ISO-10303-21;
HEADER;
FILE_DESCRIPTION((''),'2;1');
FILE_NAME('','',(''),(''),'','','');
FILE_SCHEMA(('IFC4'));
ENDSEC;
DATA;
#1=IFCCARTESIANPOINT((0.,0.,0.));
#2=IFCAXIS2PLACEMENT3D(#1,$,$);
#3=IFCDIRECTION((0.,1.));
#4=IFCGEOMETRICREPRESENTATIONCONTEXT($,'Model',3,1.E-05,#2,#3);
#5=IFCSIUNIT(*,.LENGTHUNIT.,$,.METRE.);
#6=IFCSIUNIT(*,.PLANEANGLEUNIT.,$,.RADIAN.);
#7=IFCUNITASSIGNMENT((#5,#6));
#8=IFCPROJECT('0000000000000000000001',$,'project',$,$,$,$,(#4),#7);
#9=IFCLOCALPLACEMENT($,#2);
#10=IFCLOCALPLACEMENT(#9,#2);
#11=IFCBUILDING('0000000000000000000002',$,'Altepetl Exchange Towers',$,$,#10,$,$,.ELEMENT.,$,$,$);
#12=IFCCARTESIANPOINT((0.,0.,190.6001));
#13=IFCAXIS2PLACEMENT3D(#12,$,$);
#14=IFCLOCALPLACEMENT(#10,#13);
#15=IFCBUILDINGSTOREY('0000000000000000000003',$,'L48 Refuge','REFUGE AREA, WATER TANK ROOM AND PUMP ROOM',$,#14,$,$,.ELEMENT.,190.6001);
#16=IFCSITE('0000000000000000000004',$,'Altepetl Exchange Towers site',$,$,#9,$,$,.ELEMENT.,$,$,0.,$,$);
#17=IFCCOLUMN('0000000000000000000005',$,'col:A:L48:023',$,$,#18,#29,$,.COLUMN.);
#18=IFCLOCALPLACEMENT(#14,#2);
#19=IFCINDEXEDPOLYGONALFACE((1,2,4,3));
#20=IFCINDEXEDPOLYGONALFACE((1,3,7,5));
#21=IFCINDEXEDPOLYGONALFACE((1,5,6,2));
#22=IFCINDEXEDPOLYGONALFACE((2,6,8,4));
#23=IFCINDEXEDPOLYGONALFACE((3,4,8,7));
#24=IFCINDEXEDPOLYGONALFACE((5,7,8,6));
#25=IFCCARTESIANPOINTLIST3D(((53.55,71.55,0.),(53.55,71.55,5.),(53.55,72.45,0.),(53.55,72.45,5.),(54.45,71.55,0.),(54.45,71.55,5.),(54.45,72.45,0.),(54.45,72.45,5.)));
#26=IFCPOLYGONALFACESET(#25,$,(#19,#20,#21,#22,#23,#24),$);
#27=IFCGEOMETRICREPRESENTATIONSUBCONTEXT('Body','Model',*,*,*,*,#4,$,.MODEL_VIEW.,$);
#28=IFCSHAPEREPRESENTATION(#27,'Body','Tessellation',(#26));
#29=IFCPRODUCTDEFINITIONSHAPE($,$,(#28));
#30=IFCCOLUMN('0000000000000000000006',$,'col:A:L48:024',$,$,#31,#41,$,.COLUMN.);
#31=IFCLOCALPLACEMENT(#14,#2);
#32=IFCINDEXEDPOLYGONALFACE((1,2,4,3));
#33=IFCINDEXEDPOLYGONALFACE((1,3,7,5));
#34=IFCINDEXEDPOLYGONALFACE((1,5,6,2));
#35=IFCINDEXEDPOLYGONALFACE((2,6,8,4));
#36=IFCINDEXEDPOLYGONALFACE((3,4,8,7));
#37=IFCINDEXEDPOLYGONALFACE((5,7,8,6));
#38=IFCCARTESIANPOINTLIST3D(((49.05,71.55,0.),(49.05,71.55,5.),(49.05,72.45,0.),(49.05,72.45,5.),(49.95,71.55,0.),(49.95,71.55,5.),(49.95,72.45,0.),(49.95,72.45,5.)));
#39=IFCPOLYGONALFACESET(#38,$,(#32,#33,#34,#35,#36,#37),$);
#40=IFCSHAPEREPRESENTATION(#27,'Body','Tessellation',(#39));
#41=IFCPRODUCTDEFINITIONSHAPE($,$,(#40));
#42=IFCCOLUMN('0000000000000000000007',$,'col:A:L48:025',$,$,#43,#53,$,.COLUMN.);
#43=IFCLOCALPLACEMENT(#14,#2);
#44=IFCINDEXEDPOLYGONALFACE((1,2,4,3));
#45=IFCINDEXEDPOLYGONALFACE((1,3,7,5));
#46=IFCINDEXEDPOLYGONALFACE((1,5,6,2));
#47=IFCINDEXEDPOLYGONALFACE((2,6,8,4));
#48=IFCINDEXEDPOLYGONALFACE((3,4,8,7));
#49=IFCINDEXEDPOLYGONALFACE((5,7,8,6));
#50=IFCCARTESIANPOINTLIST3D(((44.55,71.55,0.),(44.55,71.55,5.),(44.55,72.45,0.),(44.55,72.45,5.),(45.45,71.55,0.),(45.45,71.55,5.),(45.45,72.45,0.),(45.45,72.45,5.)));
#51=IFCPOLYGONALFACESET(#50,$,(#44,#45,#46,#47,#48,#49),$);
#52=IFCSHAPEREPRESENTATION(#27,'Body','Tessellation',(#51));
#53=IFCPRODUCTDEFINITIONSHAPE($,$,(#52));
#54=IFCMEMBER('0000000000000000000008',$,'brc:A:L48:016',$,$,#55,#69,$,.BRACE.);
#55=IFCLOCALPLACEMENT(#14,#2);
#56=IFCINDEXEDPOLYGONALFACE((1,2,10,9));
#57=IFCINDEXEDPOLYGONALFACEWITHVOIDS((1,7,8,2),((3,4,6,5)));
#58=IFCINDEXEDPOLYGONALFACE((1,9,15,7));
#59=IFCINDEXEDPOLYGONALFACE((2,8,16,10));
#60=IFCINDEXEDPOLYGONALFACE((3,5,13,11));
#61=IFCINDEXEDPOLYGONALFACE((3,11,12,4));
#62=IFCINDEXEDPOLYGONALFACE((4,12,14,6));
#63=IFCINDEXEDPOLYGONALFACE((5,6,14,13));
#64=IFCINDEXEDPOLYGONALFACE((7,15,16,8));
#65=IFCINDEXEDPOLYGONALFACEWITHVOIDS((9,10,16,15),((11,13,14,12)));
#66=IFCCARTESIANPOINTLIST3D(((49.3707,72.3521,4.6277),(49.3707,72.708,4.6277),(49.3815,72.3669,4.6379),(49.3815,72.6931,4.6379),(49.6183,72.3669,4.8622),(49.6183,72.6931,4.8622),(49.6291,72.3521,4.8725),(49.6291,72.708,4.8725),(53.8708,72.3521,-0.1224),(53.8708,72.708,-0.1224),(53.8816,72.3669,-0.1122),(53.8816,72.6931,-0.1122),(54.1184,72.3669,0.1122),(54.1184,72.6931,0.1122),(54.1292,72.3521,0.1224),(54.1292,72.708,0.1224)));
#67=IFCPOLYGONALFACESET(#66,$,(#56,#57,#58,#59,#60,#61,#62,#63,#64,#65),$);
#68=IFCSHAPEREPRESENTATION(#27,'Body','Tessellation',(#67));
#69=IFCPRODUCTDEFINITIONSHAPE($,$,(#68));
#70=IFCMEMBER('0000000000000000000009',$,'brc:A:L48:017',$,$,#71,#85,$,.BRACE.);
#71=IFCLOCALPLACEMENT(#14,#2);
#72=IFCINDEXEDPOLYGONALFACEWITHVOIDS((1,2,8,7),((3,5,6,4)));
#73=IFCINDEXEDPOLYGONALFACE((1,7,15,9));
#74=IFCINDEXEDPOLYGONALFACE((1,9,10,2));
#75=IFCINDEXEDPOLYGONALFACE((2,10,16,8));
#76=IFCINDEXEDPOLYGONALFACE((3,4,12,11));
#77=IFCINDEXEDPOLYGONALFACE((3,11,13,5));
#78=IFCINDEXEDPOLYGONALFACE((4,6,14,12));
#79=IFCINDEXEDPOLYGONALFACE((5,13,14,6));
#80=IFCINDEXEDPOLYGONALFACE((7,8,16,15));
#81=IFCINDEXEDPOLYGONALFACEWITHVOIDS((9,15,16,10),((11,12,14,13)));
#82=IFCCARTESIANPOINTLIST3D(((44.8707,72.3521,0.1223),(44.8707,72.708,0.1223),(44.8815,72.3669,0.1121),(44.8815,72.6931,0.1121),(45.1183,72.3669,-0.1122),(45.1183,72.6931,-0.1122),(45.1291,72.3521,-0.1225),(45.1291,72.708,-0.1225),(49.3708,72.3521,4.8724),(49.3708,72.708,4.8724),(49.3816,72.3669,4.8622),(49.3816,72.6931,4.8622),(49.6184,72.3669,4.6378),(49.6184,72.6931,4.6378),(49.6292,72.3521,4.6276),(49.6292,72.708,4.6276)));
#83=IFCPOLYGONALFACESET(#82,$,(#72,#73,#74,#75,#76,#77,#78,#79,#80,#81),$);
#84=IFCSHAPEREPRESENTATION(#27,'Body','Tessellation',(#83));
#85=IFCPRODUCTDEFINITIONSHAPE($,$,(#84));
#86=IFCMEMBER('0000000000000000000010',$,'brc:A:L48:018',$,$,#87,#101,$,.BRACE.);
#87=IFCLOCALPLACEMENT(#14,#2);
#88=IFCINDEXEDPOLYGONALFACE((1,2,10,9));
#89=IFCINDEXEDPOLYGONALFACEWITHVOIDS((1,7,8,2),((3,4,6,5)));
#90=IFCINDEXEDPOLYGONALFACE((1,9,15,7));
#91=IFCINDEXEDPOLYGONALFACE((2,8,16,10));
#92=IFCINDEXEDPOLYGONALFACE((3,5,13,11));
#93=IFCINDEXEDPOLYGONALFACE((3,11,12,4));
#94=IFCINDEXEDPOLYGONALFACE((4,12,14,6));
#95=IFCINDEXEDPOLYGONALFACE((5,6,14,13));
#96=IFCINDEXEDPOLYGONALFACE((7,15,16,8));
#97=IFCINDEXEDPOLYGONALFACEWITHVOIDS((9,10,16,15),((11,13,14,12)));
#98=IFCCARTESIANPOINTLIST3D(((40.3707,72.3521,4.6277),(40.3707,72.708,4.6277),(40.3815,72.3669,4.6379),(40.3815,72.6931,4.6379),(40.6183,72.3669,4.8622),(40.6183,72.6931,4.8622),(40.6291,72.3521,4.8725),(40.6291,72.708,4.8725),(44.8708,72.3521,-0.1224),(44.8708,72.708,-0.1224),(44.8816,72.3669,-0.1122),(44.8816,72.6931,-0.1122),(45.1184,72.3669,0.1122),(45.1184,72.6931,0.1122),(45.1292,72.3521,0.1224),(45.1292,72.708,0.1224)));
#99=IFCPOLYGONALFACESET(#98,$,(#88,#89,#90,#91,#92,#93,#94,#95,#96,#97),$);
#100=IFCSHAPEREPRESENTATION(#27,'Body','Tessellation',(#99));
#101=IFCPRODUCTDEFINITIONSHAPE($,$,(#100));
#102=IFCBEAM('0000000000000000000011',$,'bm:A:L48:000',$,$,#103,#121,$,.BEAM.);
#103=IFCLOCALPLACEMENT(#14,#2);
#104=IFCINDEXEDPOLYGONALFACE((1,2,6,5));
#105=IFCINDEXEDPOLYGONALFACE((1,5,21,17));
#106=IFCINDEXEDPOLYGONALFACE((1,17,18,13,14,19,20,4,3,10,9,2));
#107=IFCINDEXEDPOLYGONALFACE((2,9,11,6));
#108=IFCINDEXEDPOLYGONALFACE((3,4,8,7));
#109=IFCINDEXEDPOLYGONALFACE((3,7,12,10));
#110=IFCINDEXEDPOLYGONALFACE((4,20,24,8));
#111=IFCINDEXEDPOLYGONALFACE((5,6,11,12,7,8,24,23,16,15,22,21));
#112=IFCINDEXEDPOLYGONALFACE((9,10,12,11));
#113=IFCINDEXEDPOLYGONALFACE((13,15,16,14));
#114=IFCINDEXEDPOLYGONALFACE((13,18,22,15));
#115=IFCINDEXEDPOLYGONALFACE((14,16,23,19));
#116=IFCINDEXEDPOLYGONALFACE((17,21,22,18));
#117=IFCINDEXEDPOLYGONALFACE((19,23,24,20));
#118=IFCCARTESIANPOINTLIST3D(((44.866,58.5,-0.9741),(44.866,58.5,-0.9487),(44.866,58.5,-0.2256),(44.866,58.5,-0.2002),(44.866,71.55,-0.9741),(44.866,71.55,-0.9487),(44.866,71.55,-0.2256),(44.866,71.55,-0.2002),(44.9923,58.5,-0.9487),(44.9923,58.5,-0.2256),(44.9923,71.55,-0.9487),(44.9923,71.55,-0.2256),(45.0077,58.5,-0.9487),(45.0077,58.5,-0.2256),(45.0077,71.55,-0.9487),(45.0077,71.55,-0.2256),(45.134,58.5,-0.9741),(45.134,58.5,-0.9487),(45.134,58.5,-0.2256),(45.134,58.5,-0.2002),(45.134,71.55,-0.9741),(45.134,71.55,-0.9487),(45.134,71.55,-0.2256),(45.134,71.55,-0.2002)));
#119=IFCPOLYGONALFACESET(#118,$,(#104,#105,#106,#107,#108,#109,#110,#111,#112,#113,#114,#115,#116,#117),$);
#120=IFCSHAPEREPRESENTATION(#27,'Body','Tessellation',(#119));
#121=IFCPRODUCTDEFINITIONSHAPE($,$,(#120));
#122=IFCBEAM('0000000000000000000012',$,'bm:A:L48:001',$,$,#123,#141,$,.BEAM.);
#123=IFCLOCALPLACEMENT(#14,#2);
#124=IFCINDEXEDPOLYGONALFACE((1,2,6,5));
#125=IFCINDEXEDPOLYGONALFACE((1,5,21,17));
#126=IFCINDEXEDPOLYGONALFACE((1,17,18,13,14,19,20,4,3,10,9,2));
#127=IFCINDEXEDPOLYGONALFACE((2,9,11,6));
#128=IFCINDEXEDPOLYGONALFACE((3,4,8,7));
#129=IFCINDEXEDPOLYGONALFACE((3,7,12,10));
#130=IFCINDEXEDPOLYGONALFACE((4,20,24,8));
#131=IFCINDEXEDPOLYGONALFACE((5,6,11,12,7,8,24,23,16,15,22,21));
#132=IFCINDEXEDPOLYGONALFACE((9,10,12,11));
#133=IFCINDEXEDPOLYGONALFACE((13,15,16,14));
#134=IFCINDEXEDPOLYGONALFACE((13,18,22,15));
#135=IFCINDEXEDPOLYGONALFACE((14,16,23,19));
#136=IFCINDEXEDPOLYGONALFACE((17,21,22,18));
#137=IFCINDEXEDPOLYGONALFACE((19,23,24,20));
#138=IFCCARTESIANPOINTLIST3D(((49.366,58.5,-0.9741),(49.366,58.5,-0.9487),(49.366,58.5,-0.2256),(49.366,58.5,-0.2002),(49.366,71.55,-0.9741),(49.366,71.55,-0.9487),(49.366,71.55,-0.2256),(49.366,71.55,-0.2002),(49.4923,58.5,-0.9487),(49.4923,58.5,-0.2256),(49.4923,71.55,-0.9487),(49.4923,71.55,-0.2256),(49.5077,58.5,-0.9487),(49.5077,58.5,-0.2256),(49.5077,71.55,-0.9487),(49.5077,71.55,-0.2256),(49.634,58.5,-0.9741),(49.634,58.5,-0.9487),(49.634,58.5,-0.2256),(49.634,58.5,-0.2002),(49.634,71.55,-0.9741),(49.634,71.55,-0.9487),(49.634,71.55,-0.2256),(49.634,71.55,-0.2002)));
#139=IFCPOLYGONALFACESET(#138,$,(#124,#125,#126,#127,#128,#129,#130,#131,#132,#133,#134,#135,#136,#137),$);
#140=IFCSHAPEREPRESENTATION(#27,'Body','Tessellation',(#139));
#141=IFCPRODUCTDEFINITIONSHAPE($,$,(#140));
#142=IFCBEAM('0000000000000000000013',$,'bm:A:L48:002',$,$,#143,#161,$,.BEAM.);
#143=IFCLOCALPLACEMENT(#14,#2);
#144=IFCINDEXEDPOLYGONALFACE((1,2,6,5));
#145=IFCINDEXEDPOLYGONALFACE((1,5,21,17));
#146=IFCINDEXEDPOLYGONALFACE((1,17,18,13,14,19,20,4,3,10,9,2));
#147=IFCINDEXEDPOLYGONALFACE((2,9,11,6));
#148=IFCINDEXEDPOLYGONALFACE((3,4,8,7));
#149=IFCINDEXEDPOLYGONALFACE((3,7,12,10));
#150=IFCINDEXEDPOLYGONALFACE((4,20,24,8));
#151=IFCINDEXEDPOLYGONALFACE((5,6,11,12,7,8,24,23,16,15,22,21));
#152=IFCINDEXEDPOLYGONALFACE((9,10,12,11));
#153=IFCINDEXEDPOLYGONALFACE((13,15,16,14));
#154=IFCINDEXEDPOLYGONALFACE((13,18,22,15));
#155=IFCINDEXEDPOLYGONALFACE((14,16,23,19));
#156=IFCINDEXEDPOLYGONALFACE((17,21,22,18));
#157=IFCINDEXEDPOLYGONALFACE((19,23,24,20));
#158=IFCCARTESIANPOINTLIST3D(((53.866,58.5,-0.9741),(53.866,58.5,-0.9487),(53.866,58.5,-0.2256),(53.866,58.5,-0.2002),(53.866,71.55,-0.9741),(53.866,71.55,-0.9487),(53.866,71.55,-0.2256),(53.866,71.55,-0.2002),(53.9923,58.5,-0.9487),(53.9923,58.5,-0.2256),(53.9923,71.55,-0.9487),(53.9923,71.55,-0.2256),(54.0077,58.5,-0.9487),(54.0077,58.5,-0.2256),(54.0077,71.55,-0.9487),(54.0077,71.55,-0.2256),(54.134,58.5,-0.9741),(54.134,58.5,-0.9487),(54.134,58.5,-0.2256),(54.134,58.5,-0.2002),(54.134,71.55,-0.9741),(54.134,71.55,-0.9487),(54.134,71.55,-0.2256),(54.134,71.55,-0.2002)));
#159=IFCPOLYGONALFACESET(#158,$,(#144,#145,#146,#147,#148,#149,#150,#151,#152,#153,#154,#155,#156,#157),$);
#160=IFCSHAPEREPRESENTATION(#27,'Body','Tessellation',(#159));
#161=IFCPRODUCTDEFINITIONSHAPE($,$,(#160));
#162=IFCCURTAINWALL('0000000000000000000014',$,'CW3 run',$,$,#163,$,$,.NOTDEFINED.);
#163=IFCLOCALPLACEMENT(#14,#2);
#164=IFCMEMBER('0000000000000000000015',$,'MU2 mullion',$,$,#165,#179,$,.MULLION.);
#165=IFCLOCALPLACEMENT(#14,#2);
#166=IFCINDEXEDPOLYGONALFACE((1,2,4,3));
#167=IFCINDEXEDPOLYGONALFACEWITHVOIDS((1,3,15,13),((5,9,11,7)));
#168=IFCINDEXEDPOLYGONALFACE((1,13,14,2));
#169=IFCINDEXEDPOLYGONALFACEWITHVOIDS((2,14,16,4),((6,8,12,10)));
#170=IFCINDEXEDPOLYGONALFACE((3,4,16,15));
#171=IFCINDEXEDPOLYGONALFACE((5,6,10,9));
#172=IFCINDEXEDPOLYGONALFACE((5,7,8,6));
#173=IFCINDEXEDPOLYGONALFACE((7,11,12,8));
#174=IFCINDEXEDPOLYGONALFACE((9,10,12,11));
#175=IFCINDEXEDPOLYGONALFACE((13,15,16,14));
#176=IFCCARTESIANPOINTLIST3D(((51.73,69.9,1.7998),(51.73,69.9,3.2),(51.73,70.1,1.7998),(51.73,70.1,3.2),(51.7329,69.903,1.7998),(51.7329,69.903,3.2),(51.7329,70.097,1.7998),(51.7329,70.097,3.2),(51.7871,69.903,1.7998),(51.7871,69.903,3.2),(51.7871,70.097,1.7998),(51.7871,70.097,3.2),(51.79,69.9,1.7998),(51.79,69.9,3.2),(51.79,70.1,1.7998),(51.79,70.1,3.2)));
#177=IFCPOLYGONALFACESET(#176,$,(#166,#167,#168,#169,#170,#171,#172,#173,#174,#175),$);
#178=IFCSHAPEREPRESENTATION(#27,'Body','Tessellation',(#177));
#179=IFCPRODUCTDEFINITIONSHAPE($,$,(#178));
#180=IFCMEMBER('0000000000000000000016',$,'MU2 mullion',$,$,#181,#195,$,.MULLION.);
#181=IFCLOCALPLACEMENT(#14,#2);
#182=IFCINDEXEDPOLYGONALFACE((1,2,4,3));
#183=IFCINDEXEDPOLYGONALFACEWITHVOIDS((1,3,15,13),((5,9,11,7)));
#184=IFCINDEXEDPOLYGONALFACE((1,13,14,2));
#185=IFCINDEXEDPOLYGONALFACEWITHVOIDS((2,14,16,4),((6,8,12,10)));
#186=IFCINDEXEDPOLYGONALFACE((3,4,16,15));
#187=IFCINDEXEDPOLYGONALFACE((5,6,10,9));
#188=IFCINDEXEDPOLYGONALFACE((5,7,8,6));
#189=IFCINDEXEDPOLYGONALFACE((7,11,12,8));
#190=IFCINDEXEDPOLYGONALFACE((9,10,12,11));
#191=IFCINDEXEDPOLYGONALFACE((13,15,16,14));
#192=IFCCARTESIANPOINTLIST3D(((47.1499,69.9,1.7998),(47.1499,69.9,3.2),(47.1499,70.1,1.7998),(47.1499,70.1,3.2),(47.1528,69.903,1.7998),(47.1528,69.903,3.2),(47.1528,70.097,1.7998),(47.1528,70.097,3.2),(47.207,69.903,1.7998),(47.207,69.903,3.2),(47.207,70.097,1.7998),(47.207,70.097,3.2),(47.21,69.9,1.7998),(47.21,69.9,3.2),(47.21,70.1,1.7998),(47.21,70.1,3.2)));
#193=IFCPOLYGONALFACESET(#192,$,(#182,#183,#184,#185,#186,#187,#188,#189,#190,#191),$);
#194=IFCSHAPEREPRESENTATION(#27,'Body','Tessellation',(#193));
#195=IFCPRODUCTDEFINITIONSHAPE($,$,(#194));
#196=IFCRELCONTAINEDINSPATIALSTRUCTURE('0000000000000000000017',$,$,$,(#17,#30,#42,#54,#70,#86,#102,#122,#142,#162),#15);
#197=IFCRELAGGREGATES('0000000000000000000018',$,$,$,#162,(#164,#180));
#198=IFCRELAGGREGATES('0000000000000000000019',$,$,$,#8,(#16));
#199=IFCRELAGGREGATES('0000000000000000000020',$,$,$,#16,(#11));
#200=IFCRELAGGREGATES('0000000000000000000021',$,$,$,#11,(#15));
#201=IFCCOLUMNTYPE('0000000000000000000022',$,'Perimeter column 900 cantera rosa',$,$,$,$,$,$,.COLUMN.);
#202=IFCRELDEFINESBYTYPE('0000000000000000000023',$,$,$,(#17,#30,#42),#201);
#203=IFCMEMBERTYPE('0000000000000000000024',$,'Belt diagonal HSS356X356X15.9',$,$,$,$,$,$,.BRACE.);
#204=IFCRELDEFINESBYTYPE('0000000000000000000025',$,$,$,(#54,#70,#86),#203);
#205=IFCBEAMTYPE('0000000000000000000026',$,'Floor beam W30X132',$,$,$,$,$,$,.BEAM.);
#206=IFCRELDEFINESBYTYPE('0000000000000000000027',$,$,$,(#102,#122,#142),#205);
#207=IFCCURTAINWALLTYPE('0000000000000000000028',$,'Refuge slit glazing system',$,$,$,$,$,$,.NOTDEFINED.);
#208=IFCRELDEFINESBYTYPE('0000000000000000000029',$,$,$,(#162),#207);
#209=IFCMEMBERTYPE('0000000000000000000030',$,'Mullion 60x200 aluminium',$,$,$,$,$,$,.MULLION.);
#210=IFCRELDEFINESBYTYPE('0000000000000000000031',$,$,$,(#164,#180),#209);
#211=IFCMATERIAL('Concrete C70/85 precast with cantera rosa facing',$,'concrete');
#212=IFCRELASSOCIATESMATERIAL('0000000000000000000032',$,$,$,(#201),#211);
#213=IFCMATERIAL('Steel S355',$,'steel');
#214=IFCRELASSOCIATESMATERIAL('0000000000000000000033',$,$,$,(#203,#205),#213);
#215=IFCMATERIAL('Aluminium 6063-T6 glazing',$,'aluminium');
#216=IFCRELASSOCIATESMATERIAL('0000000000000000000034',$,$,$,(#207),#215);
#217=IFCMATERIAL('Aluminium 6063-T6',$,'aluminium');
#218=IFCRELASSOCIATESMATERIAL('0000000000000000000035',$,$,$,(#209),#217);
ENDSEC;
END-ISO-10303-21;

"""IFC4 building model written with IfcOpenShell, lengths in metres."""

from ifc_helpers import new_model, si_unit, direction, frame, origin, origin_2d, place, context, subcontext, project, spatial, rectangle, hollow_rectangle, i_section, extrude, material, material_profile, profile_set, type_object, element, aggregate, save


model = new_model("IFC4")

# Units and contexts
model_context = context("Model", 3, precision=1e-05, world=origin(), true_north=direction((0.0, 1.0)))
body_context = subcontext(model_context, "Body", "Model", "MODEL_VIEW")
ifc_project = project(units=[si_unit("LENGTHUNIT", "METRE"), si_unit("PLANEANGLEUNIT", "RADIAN")], contexts=[model_context])

# Site, building, storey
site_placement = place(None, origin())
site = spatial("IfcSite", under=ifc_project, at=site_placement, Name="Altepetl Exchange Towers site", CompositionType="ELEMENT", RefElevation=0.0)
building_placement = place(site_placement, origin())
building = spatial("IfcBuilding", under=site, at=building_placement, Name="Altepetl Exchange Towers", CompositionType="ELEMENT")
storey_placement = place(building_placement, frame((0.0, 0.0, 190.6001)))
storey = spatial("IfcBuildingStorey", under=building, at=storey_placement, Name="L48 Refuge", Description="REFUGE AREA, WATER TANK ROOM AND PUMP ROOM", CompositionType="ELEMENT", Elevation=190.6001)

# Columns
ifc_material_1 = material(Name="Concrete C70/85 precast with cantera rosa facing", Category="concrete")
ifc_material_profile_1 = material_profile(ifc_material_1, rectangle(XDim=0.8999, YDim=0.8999, at=origin_2d()), Name="900 x 900")
ifc_profile_set_1 = profile_set([ifc_material_profile_1], Name="Concrete C70/85 precast with cantera rosa facing")
column_type = type_object("IfcColumnType", Name="Perimeter column 900 cantera rosa", PredefinedType="COLUMN", material=ifc_profile_set_1)
for number, where, name in (
    (1, (54.0, 72.0, 0.0), "col:A:L48:023"),
    (2, (49.5, 72.0, 0.0), "col:A:L48:024"),
    (3, (45.0, 72.0, 0.0), "col:A:L48:025"),
):
    element("IfcColumn", number, at=place(storey_placement, frame(where)), inside=storey, type_object=column_type, Name=name, PredefinedType="COLUMN", context=body_context, shape_type="SweptSolid", body=[
        extrude(rectangle(XDim=0.8999, YDim=0.8999, at=origin_2d()), origin(), (0.0, 0.0, 1.0), 5.0),
    ])

# Members
ifc_material_2 = material(Name="Steel S355", Category="steel")
ifc_material_profile_2 = material_profile(ifc_material_2, hollow_rectangle(XDim=0.356, YDim=0.356, WallThickness=0.0149, at=origin_2d()), Name="HSS356X356X15.9")
ifc_profile_set_2 = profile_set([ifc_material_profile_2], Name="Steel S355")
member_type_1 = type_object("IfcMemberType", Name="Belt diagonal HSS356X356X15.9", PredefinedType="BRACE", material=ifc_profile_set_2)
for number, where, z_axis, x_axis, name in (
    (4, (54.0, 72.53, 0.0), (-0.687745, 0.0, 0.725953), (0.0, -1.0, 0.0), "brc:A:L48:016"),
    (5, (49.5, 72.53, 4.75), (-0.687745, 0.0, -0.725953), (0.0, -1.0, 0.0), "brc:A:L48:017"),
    (6, (45.0, 72.53, 0.0), (-0.687745, 0.0, 0.725953), (0.0, -1.0, 0.0), "brc:A:L48:018"),
):
    element("IfcMember", number, at=place(storey_placement, frame(where, z_axis=z_axis, x_axis=x_axis)), inside=storey, type_object=member_type_1, Name=name, PredefinedType="BRACE", context=body_context, shape_type="SweptSolid", body=[
        extrude(hollow_rectangle(XDim=0.356, YDim=0.356, WallThickness=0.0149, at=origin_2d()), origin(), (0.0, 0.0, 1.0), 6.5432),
    ])

# Beams
ifc_material_profile_3 = material_profile(ifc_material_2, i_section(OverallWidth=0.2681, OverallDepth=0.7739, WebThickness=0.0154, FlangeThickness=0.0254, at=origin_2d()), Name="W30X132")
ifc_profile_set_3 = profile_set([ifc_material_profile_3], Name="Steel S355")
beam_type_1 = type_object("IfcBeamType", Name="Floor beam W30X132", PredefinedType="BEAM", material=ifc_profile_set_3)
for number, where, z_axis, x_axis, name in (
    (7, (45.0, 58.5, -0.5872), (0.0, 1.0, 0.0), (-1.0, 0.0, 0.0), "bm:A:L48:000"),
    (8, (49.5, 58.5, -0.5872), (0.0, 1.0, 0.0), (-1.0, 0.0, 0.0), "bm:A:L48:001"),
    (9, (54.0, 58.5, -0.5872), (0.0, 1.0, 0.0), (-1.0, 0.0, 0.0), "bm:A:L48:002"),
):
    element("IfcBeam", number, at=place(storey_placement, frame(where, z_axis=z_axis, x_axis=x_axis)), inside=storey, type_object=beam_type_1, Name=name, PredefinedType="BEAM", context=body_context, shape_type="SweptSolid", body=[
        extrude(i_section(OverallWidth=0.2681, OverallDepth=0.7739, WebThickness=0.0154, FlangeThickness=0.0254, at=origin_2d()), origin(), (0.0, 0.0, 1.0), 13.05),
    ])

# Curtain wall, members
ifc_material_3 = material(Name="Aluminium 6063-T6 glazing", Category="aluminium")
curtain_wall_type = type_object("IfcCurtainWallType", Name="Refuge slit glazing system", PredefinedType="NOTDEFINED", material=ifc_material_3)
curtain_wall_placement = place(storey_placement, origin())
curtain_wall = element("IfcCurtainWall", 10, at=curtain_wall_placement, inside=storey, type_object=curtain_wall_type, Name="CW3 run", PredefinedType="NOTDEFINED")
ifc_material_4 = material(Name="Aluminium 6063-T6", Category="aluminium")
ifc_material_profile_4 = material_profile(ifc_material_4, hollow_rectangle(XDim=0.0601, YDim=0.2, WallThickness=0.0029, at=origin_2d()), Name="Mullion 60x200 aluminium")
ifc_profile_set_4 = profile_set([ifc_material_profile_4], Name="Aluminium 6063-T6")
member_type_2 = type_object("IfcMemberType", Name="Mullion 60x200 aluminium", PredefinedType="MULLION", material=ifc_profile_set_4)
member_1_placement = place(storey_placement, frame((51.76, 70.0, 1.7998), z_axis=(0.0, 0.0, 1.0), x_axis=(-1.0, 0.0, 0.0)))
member_1 = element("IfcMember", 11, at=member_1_placement, type_object=member_type_2, Name="MU2 mullion", PredefinedType="MULLION", context=body_context, shape_type="SweptSolid", body=[
    extrude(hollow_rectangle(XDim=0.0601, YDim=0.2, WallThickness=0.0029, at=origin_2d()), origin(), (0.0, 0.0, 1.0), 1.4001),
])
member_2_placement = place(storey_placement, frame((47.1799, 70.0, 1.7998), z_axis=(0.0, 0.0, 1.0), x_axis=(-1.0, 0.0, 0.0)))
member_2 = element("IfcMember", 12, at=member_2_placement, type_object=member_type_2, Name="MU2 mullion", PredefinedType="MULLION", context=body_context, shape_type="SweptSolid", body=[
    extrude(hollow_rectangle(XDim=0.0601, YDim=0.2, WallThickness=0.0029, at=origin_2d()), origin(), (0.0, 0.0, 1.0), 1.4001),
])

aggregate(curtain_wall, [member_1, member_2])

save(model, "model.ifc")
